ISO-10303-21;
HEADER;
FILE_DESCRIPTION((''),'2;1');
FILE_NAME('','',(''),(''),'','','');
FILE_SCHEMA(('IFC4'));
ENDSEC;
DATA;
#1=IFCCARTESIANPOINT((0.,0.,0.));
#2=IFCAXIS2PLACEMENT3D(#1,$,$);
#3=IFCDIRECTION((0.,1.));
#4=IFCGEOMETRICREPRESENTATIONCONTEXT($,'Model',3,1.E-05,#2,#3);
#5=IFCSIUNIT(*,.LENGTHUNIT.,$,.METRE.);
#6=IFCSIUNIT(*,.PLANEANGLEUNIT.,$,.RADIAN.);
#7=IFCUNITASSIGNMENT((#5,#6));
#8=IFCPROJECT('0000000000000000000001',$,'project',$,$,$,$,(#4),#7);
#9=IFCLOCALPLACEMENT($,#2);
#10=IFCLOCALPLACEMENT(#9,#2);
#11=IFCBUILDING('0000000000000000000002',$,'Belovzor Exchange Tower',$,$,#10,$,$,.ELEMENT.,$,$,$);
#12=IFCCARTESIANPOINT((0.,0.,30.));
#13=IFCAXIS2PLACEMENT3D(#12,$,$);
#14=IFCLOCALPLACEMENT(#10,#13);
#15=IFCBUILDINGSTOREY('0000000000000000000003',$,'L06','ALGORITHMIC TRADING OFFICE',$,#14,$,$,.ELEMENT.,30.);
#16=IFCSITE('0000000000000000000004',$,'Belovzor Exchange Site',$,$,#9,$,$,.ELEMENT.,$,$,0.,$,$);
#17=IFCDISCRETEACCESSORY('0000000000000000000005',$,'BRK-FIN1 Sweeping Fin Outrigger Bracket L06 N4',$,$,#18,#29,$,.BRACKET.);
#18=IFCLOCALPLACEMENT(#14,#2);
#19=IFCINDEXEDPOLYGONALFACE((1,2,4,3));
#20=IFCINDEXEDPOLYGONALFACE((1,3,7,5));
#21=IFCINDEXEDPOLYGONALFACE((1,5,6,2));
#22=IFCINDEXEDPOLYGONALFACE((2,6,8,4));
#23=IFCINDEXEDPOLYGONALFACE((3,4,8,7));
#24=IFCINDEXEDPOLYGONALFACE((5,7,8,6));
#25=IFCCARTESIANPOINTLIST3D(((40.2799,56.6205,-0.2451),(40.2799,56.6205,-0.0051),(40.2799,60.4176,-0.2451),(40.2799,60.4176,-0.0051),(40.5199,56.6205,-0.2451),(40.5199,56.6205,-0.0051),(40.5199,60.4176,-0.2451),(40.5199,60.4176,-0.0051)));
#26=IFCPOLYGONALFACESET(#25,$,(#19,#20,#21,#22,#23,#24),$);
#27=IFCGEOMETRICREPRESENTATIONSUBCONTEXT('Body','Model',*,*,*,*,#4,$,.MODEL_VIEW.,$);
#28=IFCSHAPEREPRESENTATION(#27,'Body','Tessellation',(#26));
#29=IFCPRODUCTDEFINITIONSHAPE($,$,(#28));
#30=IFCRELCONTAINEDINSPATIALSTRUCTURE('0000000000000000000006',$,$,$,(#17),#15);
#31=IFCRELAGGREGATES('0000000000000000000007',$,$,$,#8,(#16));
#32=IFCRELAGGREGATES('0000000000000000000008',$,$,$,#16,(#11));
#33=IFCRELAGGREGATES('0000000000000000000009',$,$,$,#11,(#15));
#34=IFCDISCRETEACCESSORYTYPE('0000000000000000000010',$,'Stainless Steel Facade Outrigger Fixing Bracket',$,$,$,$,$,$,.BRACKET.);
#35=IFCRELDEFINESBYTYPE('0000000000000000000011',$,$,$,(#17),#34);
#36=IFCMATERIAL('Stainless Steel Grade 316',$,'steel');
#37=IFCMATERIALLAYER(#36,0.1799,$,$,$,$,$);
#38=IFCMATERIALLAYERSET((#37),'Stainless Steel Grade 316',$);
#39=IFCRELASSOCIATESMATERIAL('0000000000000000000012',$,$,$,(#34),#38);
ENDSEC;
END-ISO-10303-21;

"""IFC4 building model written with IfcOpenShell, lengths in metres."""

from ifc_helpers import new_model, si_unit, direction, frame, origin, origin_2d, place, context, subcontext, project, spatial, rectangle, extrude, material, layer, layer_set, type_object, element, save


model = new_model("IFC4")

# Units and contexts
model_context = context("Model", 3, precision=1e-05, world=origin(), true_north=direction((0.0, 1.0)))
body_context = subcontext(model_context, "Body", "Model", "MODEL_VIEW")
ifc_project = project(units=[si_unit("LENGTHUNIT", "METRE"), si_unit("PLANEANGLEUNIT", "RADIAN")], contexts=[model_context])

# Site, building, storey
site_placement = place(None, origin())
site = spatial("IfcSite", under=ifc_project, at=site_placement, Name="Belovzor Exchange Site", CompositionType="ELEMENT", RefElevation=0.0)
building_placement = place(site_placement, origin())
building = spatial("IfcBuilding", under=site, at=building_placement, Name="Belovzor Exchange Tower", CompositionType="ELEMENT")
storey_placement = place(building_placement, frame((0.0, 0.0, 30.0)))
storey = spatial("IfcBuildingStorey", under=building, at=storey_placement, Name="L06", Description="ALGORITHMIC TRADING OFFICE", CompositionType="ELEMENT", Elevation=30.0)

# Discrete accessory
ifc_material_1 = material(Name="Stainless Steel Grade 316", Category="steel")
ifc_layer_1 = layer(ifc_material_1, 0.1799)
ifc_layer_set_1 = layer_set([ifc_layer_1], Name="Stainless Steel Grade 316")
discrete_accessory_type = type_object("IfcDiscreteAccessoryType", Name="Stainless Steel Facade Outrigger Fixing Bracket", PredefinedType="BRACKET", material=ifc_layer_set_1)
discrete_accessory_placement = place(storey_placement, frame((40.3999, 58.519, -0.2451), z_axis=(0.0, 0.0, 1.0), x_axis=(0.0, 1.0, 0.0)))
element("IfcDiscreteAccessory", 1, at=discrete_accessory_placement, inside=storey, type_object=discrete_accessory_type, Name="BRK-FIN1 Sweeping Fin Outrigger Bracket L06 N4", PredefinedType="BRACKET", context=body_context, shape_type="SweptSolid", body=[
    extrude(rectangle(XDim=3.7971, YDim=0.24, at=origin_2d()), origin(), (0.0, 0.0, 1.0), 0.24),
])

save(model, "model.ifc")
